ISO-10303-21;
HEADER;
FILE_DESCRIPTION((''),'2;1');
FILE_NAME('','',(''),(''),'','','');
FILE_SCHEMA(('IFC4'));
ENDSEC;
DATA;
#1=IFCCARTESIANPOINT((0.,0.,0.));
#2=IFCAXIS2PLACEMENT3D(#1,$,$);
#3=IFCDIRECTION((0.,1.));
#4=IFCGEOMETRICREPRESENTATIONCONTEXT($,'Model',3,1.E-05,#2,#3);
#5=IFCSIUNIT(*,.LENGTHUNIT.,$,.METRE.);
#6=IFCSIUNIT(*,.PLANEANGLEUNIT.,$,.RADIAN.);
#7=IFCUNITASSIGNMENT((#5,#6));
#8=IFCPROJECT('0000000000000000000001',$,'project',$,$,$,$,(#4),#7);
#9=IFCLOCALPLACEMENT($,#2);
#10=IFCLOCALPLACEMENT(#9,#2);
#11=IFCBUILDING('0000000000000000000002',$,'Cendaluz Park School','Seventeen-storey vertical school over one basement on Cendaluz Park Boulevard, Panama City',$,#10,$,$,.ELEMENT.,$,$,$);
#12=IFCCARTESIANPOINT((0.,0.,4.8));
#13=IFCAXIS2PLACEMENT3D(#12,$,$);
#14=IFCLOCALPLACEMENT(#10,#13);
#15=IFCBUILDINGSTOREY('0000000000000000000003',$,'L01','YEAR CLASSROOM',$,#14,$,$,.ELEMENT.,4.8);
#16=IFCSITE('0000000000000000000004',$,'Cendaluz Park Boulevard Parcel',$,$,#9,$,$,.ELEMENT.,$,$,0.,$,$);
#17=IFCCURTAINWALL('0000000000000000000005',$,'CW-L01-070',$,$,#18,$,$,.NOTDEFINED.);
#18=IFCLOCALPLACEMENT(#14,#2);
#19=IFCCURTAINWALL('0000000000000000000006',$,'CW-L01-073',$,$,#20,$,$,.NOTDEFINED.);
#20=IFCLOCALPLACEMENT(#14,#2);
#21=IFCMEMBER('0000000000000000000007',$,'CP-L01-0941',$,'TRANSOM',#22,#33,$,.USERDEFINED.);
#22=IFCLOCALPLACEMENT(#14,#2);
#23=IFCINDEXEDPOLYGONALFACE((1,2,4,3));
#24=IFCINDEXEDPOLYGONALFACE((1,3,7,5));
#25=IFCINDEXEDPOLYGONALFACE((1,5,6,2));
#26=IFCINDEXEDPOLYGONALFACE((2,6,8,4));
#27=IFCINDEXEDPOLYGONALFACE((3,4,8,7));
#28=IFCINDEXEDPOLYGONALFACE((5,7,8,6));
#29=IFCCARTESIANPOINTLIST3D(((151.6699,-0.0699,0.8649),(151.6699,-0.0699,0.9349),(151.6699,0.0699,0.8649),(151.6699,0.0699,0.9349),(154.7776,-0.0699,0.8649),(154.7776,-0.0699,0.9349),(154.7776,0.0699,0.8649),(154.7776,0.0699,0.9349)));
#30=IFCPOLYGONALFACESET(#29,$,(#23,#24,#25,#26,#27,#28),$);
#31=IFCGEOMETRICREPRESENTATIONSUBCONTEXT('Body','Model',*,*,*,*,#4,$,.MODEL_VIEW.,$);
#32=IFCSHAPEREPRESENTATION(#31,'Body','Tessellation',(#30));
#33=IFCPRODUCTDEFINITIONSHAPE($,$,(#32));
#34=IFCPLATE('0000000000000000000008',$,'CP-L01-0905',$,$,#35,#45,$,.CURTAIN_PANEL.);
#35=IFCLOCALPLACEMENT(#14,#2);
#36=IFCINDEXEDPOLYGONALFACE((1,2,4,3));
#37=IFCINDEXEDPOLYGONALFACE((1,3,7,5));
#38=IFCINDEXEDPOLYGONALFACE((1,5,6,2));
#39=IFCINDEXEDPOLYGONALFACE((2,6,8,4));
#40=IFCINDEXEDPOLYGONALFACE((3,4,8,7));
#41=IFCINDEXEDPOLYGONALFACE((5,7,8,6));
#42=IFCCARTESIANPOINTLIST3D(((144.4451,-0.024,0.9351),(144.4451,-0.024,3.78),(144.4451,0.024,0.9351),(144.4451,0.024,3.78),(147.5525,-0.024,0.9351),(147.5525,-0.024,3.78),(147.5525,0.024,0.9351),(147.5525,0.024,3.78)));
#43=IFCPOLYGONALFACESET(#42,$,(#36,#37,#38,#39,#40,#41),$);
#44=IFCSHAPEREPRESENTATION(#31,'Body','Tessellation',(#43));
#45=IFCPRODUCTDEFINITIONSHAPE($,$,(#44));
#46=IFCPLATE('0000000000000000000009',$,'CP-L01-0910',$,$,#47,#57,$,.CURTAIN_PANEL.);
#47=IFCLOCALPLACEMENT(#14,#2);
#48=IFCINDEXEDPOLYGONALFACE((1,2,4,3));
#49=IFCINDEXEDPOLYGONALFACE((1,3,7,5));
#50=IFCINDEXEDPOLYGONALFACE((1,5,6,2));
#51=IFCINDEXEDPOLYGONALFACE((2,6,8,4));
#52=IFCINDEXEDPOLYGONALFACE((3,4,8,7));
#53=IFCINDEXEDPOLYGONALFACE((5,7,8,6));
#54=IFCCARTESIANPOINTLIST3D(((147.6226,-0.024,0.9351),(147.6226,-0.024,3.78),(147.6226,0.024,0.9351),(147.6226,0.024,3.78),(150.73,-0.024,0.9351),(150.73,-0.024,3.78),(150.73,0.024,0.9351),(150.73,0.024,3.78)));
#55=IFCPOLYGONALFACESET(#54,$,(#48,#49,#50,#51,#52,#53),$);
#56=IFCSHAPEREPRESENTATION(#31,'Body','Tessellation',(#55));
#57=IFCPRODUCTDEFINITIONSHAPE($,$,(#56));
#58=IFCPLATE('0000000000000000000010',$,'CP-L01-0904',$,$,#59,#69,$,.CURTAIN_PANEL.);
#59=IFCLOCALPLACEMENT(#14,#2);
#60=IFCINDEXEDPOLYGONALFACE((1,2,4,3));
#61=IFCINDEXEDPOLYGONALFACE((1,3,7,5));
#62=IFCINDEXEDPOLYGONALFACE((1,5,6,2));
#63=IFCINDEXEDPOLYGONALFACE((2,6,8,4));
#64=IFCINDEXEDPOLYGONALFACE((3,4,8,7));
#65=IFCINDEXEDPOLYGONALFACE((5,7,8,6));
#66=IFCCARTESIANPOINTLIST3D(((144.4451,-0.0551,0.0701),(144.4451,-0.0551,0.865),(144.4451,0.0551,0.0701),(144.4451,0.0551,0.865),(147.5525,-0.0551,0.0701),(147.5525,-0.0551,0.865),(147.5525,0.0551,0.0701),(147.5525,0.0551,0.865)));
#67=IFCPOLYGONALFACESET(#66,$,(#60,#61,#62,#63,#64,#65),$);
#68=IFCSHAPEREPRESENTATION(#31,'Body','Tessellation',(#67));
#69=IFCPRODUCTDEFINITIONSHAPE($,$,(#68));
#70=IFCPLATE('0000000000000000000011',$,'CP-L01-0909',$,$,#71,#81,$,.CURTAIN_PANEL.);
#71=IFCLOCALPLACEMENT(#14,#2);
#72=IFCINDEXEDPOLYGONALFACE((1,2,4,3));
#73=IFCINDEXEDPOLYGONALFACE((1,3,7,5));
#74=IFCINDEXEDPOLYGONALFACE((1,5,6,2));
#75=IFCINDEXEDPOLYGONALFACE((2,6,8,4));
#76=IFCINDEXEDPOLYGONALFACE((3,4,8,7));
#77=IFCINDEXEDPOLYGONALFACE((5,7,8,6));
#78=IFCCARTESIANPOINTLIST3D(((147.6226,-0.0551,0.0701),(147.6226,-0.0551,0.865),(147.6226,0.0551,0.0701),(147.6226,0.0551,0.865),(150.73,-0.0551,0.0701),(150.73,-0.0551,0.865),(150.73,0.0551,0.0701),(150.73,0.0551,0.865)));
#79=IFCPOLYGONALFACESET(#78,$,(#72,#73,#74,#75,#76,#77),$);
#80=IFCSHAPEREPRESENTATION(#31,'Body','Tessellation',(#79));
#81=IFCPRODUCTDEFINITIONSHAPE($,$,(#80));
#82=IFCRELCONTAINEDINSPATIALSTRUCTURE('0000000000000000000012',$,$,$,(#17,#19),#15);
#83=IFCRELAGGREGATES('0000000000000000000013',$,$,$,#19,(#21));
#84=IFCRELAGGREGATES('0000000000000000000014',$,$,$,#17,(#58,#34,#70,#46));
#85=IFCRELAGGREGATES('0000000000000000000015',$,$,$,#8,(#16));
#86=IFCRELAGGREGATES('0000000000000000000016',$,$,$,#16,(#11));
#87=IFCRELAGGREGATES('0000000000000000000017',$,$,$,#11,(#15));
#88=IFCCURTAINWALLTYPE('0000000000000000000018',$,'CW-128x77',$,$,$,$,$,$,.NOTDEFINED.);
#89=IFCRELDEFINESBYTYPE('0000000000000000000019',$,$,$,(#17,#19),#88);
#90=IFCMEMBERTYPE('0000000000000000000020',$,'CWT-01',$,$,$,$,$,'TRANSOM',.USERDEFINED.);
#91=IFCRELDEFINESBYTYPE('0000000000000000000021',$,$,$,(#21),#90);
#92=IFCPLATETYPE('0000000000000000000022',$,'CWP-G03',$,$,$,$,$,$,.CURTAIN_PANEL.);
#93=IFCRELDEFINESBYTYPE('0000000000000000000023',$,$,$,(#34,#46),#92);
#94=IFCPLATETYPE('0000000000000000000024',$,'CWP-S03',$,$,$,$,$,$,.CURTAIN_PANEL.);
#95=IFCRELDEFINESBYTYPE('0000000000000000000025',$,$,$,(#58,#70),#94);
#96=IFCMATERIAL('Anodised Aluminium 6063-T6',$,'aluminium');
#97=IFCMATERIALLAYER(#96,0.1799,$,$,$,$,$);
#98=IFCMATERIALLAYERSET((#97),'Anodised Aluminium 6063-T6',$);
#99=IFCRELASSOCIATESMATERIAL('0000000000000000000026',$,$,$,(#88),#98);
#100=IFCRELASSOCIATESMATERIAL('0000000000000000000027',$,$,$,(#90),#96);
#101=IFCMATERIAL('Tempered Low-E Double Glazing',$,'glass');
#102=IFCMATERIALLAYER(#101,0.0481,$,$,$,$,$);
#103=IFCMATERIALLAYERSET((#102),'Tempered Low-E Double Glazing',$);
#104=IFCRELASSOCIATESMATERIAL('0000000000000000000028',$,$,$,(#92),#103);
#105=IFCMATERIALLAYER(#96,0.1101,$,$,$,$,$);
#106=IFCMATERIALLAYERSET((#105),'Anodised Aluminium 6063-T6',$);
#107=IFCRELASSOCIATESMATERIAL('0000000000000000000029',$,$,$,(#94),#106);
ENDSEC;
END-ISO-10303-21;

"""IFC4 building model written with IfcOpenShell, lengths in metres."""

from ifc_helpers import new_model, si_unit, direction, frame, origin, origin_2d, place, context, subcontext, project, spatial, rectangle, extrude, material, layer, layer_set, material_profile, profile_set, type_object, element, aggregate, save


model = new_model("IFC4")

# Units and contexts
model_context = context("Model", 3, precision=1e-05, world=origin(), true_north=direction((0.0, 1.0)))
body_context = subcontext(model_context, "Body", "Model", "MODEL_VIEW")
ifc_project = project(units=[si_unit("LENGTHUNIT", "METRE"), si_unit("PLANEANGLEUNIT", "RADIAN")], contexts=[model_context])

# Site, building, storey
site_placement = place(None, origin())
site = spatial("IfcSite", under=ifc_project, at=site_placement, Name="Cendaluz Park Boulevard Parcel", CompositionType="ELEMENT", RefElevation=0.0)
building_placement = place(site_placement, origin())
building = spatial("IfcBuilding", under=site, at=building_placement, Name="Cendaluz Park School", Description="Seventeen-storey vertical school over one basement on Cendaluz Park Boulevard, Panama City", CompositionType="ELEMENT")
storey_placement = place(building_placement, frame((0.0, 0.0, 4.8)))
storey = spatial("IfcBuildingStorey", under=building, at=storey_placement, Name="L01", Description="YEAR CLASSROOM", CompositionType="ELEMENT", Elevation=4.8)

# Curtain wall
ifc_material_1 = material(Name="Anodised Aluminium 6063-T6", Category="aluminium")
ifc_layer_1 = layer(ifc_material_1, 0.1799)
ifc_layer_set_1 = layer_set([ifc_layer_1], Name="Anodised Aluminium 6063-T6")
curtain_wall_type = type_object("IfcCurtainWallType", Name="CW-128x77", PredefinedType="NOTDEFINED", material=ifc_layer_set_1)
curtain_wall_1_placement = place(storey_placement, origin())
curtain_wall_1 = element("IfcCurtainWall", 1, at=curtain_wall_1_placement, inside=storey, type_object=curtain_wall_type, Name="CW-L01-070", PredefinedType="NOTDEFINED")

# Curtain wall
curtain_wall_2_placement = place(storey_placement, origin())
curtain_wall_2 = element("IfcCurtainWall", 2, at=curtain_wall_2_placement, inside=storey, type_object=curtain_wall_type, Name="CW-L01-073", PredefinedType="NOTDEFINED")

# Member
ifc_material_profile_1 = material_profile(ifc_material_1, rectangle(XDim=0.1399, YDim=0.0701, at=origin_2d()), Name="CWT 140x70", Category="aluminium")
ifc_profile_set_1 = profile_set([ifc_material_profile_1], Name="Anodised Aluminium 6063-T6")
member_type_1 = type_object("IfcMemberType", Name="CWT-01", ElementType="TRANSOM", PredefinedType="USERDEFINED", material=ifc_profile_set_1)
member_1_placement = place(storey_placement, frame((151.6699, 0.0, 0.8999), z_axis=(1.0, 0.0, 0.0), x_axis=(0.0, 1.0, 0.0)))
member_1 = element("IfcMember", 3, at=member_1_placement, type_object=member_type_1, Name="CP-L01-0941", ObjectType="TRANSOM", PredefinedType="USERDEFINED", context=body_context, shape_type="SweptSolid", body=[
    extrude(rectangle(XDim=0.1399, YDim=0.0701, at=origin_2d()), origin(), (0.0, 0.0, 1.0), 3.1077),
])
aggregate(curtain_wall_2, [member_1])

# Plates
ifc_material_2 = material(Name="Tempered Low-E Double Glazing", Category="glass")
ifc_layer_2 = layer(ifc_material_2, 0.0481)
ifc_layer_set_2 = layer_set([ifc_layer_2], Name="Tempered Low-E Double Glazing")
plate_type_1 = type_object("IfcPlateType", Name="CWP-G03", PredefinedType="CURTAIN_PANEL", material=ifc_layer_set_2)
plate_1_placement = place(storey_placement, frame((145.9988, 0.0, 0.9351), z_axis=(0.0, 0.0, 1.0), x_axis=(1.0, 0.0, 0.0)))
plate_1 = element("IfcPlate", 4, at=plate_1_placement, type_object=plate_type_1, Name="CP-L01-0905", PredefinedType="CURTAIN_PANEL", context=body_context, shape_type="SweptSolid", body=[
    extrude(rectangle(XDim=3.1074, YDim=0.0481, at=origin_2d()), origin(), (0.0, 0.0, 1.0), 2.845),
])
plate_2_placement = place(storey_placement, frame((149.1763, 0.0, 0.9351), z_axis=(0.0, 0.0, 1.0), x_axis=(1.0, 0.0, 0.0)))
plate_2 = element("IfcPlate", 5, at=plate_2_placement, type_object=plate_type_1, Name="CP-L01-0910", PredefinedType="CURTAIN_PANEL", context=body_context, shape_type="SweptSolid", body=[
    extrude(rectangle(XDim=3.1074, YDim=0.0481, at=origin_2d()), origin(), (0.0, 0.0, 1.0), 2.845),
])
ifc_layer_3 = layer(ifc_material_1, 0.1101)
ifc_layer_set_3 = layer_set([ifc_layer_3], Name="Anodised Aluminium 6063-T6")
plate_type_2 = type_object("IfcPlateType", Name="CWP-S03", PredefinedType="CURTAIN_PANEL", material=ifc_layer_set_3)
plate_3_placement = place(storey_placement, frame((145.9988, 0.0, 0.0701), z_axis=(0.0, 0.0, 1.0), x_axis=(1.0, 0.0, 0.0)))
plate_3 = element("IfcPlate", 6, at=plate_3_placement, type_object=plate_type_2, Name="CP-L01-0904", PredefinedType="CURTAIN_PANEL", context=body_context, shape_type="SweptSolid", body=[
    extrude(rectangle(XDim=3.1074, YDim=0.1101, at=origin_2d()), origin(), (0.0, 0.0, 1.0), 0.7949),
])
plate_4_placement = place(storey_placement, frame((149.1763, 0.0, 0.0701), z_axis=(0.0, 0.0, 1.0), x_axis=(1.0, 0.0, 0.0)))
plate_4 = element("IfcPlate", 7, at=plate_4_placement, type_object=plate_type_2, Name="CP-L01-0909", PredefinedType="CURTAIN_PANEL", context=body_context, shape_type="SweptSolid", body=[
    extrude(rectangle(XDim=3.1074, YDim=0.1101, at=origin_2d()), origin(), (0.0, 0.0, 1.0), 0.7949),
])
aggregate(curtain_wall_1, [plate_3, plate_1, plate_4, plate_2])

save(model, "model.ifc")
